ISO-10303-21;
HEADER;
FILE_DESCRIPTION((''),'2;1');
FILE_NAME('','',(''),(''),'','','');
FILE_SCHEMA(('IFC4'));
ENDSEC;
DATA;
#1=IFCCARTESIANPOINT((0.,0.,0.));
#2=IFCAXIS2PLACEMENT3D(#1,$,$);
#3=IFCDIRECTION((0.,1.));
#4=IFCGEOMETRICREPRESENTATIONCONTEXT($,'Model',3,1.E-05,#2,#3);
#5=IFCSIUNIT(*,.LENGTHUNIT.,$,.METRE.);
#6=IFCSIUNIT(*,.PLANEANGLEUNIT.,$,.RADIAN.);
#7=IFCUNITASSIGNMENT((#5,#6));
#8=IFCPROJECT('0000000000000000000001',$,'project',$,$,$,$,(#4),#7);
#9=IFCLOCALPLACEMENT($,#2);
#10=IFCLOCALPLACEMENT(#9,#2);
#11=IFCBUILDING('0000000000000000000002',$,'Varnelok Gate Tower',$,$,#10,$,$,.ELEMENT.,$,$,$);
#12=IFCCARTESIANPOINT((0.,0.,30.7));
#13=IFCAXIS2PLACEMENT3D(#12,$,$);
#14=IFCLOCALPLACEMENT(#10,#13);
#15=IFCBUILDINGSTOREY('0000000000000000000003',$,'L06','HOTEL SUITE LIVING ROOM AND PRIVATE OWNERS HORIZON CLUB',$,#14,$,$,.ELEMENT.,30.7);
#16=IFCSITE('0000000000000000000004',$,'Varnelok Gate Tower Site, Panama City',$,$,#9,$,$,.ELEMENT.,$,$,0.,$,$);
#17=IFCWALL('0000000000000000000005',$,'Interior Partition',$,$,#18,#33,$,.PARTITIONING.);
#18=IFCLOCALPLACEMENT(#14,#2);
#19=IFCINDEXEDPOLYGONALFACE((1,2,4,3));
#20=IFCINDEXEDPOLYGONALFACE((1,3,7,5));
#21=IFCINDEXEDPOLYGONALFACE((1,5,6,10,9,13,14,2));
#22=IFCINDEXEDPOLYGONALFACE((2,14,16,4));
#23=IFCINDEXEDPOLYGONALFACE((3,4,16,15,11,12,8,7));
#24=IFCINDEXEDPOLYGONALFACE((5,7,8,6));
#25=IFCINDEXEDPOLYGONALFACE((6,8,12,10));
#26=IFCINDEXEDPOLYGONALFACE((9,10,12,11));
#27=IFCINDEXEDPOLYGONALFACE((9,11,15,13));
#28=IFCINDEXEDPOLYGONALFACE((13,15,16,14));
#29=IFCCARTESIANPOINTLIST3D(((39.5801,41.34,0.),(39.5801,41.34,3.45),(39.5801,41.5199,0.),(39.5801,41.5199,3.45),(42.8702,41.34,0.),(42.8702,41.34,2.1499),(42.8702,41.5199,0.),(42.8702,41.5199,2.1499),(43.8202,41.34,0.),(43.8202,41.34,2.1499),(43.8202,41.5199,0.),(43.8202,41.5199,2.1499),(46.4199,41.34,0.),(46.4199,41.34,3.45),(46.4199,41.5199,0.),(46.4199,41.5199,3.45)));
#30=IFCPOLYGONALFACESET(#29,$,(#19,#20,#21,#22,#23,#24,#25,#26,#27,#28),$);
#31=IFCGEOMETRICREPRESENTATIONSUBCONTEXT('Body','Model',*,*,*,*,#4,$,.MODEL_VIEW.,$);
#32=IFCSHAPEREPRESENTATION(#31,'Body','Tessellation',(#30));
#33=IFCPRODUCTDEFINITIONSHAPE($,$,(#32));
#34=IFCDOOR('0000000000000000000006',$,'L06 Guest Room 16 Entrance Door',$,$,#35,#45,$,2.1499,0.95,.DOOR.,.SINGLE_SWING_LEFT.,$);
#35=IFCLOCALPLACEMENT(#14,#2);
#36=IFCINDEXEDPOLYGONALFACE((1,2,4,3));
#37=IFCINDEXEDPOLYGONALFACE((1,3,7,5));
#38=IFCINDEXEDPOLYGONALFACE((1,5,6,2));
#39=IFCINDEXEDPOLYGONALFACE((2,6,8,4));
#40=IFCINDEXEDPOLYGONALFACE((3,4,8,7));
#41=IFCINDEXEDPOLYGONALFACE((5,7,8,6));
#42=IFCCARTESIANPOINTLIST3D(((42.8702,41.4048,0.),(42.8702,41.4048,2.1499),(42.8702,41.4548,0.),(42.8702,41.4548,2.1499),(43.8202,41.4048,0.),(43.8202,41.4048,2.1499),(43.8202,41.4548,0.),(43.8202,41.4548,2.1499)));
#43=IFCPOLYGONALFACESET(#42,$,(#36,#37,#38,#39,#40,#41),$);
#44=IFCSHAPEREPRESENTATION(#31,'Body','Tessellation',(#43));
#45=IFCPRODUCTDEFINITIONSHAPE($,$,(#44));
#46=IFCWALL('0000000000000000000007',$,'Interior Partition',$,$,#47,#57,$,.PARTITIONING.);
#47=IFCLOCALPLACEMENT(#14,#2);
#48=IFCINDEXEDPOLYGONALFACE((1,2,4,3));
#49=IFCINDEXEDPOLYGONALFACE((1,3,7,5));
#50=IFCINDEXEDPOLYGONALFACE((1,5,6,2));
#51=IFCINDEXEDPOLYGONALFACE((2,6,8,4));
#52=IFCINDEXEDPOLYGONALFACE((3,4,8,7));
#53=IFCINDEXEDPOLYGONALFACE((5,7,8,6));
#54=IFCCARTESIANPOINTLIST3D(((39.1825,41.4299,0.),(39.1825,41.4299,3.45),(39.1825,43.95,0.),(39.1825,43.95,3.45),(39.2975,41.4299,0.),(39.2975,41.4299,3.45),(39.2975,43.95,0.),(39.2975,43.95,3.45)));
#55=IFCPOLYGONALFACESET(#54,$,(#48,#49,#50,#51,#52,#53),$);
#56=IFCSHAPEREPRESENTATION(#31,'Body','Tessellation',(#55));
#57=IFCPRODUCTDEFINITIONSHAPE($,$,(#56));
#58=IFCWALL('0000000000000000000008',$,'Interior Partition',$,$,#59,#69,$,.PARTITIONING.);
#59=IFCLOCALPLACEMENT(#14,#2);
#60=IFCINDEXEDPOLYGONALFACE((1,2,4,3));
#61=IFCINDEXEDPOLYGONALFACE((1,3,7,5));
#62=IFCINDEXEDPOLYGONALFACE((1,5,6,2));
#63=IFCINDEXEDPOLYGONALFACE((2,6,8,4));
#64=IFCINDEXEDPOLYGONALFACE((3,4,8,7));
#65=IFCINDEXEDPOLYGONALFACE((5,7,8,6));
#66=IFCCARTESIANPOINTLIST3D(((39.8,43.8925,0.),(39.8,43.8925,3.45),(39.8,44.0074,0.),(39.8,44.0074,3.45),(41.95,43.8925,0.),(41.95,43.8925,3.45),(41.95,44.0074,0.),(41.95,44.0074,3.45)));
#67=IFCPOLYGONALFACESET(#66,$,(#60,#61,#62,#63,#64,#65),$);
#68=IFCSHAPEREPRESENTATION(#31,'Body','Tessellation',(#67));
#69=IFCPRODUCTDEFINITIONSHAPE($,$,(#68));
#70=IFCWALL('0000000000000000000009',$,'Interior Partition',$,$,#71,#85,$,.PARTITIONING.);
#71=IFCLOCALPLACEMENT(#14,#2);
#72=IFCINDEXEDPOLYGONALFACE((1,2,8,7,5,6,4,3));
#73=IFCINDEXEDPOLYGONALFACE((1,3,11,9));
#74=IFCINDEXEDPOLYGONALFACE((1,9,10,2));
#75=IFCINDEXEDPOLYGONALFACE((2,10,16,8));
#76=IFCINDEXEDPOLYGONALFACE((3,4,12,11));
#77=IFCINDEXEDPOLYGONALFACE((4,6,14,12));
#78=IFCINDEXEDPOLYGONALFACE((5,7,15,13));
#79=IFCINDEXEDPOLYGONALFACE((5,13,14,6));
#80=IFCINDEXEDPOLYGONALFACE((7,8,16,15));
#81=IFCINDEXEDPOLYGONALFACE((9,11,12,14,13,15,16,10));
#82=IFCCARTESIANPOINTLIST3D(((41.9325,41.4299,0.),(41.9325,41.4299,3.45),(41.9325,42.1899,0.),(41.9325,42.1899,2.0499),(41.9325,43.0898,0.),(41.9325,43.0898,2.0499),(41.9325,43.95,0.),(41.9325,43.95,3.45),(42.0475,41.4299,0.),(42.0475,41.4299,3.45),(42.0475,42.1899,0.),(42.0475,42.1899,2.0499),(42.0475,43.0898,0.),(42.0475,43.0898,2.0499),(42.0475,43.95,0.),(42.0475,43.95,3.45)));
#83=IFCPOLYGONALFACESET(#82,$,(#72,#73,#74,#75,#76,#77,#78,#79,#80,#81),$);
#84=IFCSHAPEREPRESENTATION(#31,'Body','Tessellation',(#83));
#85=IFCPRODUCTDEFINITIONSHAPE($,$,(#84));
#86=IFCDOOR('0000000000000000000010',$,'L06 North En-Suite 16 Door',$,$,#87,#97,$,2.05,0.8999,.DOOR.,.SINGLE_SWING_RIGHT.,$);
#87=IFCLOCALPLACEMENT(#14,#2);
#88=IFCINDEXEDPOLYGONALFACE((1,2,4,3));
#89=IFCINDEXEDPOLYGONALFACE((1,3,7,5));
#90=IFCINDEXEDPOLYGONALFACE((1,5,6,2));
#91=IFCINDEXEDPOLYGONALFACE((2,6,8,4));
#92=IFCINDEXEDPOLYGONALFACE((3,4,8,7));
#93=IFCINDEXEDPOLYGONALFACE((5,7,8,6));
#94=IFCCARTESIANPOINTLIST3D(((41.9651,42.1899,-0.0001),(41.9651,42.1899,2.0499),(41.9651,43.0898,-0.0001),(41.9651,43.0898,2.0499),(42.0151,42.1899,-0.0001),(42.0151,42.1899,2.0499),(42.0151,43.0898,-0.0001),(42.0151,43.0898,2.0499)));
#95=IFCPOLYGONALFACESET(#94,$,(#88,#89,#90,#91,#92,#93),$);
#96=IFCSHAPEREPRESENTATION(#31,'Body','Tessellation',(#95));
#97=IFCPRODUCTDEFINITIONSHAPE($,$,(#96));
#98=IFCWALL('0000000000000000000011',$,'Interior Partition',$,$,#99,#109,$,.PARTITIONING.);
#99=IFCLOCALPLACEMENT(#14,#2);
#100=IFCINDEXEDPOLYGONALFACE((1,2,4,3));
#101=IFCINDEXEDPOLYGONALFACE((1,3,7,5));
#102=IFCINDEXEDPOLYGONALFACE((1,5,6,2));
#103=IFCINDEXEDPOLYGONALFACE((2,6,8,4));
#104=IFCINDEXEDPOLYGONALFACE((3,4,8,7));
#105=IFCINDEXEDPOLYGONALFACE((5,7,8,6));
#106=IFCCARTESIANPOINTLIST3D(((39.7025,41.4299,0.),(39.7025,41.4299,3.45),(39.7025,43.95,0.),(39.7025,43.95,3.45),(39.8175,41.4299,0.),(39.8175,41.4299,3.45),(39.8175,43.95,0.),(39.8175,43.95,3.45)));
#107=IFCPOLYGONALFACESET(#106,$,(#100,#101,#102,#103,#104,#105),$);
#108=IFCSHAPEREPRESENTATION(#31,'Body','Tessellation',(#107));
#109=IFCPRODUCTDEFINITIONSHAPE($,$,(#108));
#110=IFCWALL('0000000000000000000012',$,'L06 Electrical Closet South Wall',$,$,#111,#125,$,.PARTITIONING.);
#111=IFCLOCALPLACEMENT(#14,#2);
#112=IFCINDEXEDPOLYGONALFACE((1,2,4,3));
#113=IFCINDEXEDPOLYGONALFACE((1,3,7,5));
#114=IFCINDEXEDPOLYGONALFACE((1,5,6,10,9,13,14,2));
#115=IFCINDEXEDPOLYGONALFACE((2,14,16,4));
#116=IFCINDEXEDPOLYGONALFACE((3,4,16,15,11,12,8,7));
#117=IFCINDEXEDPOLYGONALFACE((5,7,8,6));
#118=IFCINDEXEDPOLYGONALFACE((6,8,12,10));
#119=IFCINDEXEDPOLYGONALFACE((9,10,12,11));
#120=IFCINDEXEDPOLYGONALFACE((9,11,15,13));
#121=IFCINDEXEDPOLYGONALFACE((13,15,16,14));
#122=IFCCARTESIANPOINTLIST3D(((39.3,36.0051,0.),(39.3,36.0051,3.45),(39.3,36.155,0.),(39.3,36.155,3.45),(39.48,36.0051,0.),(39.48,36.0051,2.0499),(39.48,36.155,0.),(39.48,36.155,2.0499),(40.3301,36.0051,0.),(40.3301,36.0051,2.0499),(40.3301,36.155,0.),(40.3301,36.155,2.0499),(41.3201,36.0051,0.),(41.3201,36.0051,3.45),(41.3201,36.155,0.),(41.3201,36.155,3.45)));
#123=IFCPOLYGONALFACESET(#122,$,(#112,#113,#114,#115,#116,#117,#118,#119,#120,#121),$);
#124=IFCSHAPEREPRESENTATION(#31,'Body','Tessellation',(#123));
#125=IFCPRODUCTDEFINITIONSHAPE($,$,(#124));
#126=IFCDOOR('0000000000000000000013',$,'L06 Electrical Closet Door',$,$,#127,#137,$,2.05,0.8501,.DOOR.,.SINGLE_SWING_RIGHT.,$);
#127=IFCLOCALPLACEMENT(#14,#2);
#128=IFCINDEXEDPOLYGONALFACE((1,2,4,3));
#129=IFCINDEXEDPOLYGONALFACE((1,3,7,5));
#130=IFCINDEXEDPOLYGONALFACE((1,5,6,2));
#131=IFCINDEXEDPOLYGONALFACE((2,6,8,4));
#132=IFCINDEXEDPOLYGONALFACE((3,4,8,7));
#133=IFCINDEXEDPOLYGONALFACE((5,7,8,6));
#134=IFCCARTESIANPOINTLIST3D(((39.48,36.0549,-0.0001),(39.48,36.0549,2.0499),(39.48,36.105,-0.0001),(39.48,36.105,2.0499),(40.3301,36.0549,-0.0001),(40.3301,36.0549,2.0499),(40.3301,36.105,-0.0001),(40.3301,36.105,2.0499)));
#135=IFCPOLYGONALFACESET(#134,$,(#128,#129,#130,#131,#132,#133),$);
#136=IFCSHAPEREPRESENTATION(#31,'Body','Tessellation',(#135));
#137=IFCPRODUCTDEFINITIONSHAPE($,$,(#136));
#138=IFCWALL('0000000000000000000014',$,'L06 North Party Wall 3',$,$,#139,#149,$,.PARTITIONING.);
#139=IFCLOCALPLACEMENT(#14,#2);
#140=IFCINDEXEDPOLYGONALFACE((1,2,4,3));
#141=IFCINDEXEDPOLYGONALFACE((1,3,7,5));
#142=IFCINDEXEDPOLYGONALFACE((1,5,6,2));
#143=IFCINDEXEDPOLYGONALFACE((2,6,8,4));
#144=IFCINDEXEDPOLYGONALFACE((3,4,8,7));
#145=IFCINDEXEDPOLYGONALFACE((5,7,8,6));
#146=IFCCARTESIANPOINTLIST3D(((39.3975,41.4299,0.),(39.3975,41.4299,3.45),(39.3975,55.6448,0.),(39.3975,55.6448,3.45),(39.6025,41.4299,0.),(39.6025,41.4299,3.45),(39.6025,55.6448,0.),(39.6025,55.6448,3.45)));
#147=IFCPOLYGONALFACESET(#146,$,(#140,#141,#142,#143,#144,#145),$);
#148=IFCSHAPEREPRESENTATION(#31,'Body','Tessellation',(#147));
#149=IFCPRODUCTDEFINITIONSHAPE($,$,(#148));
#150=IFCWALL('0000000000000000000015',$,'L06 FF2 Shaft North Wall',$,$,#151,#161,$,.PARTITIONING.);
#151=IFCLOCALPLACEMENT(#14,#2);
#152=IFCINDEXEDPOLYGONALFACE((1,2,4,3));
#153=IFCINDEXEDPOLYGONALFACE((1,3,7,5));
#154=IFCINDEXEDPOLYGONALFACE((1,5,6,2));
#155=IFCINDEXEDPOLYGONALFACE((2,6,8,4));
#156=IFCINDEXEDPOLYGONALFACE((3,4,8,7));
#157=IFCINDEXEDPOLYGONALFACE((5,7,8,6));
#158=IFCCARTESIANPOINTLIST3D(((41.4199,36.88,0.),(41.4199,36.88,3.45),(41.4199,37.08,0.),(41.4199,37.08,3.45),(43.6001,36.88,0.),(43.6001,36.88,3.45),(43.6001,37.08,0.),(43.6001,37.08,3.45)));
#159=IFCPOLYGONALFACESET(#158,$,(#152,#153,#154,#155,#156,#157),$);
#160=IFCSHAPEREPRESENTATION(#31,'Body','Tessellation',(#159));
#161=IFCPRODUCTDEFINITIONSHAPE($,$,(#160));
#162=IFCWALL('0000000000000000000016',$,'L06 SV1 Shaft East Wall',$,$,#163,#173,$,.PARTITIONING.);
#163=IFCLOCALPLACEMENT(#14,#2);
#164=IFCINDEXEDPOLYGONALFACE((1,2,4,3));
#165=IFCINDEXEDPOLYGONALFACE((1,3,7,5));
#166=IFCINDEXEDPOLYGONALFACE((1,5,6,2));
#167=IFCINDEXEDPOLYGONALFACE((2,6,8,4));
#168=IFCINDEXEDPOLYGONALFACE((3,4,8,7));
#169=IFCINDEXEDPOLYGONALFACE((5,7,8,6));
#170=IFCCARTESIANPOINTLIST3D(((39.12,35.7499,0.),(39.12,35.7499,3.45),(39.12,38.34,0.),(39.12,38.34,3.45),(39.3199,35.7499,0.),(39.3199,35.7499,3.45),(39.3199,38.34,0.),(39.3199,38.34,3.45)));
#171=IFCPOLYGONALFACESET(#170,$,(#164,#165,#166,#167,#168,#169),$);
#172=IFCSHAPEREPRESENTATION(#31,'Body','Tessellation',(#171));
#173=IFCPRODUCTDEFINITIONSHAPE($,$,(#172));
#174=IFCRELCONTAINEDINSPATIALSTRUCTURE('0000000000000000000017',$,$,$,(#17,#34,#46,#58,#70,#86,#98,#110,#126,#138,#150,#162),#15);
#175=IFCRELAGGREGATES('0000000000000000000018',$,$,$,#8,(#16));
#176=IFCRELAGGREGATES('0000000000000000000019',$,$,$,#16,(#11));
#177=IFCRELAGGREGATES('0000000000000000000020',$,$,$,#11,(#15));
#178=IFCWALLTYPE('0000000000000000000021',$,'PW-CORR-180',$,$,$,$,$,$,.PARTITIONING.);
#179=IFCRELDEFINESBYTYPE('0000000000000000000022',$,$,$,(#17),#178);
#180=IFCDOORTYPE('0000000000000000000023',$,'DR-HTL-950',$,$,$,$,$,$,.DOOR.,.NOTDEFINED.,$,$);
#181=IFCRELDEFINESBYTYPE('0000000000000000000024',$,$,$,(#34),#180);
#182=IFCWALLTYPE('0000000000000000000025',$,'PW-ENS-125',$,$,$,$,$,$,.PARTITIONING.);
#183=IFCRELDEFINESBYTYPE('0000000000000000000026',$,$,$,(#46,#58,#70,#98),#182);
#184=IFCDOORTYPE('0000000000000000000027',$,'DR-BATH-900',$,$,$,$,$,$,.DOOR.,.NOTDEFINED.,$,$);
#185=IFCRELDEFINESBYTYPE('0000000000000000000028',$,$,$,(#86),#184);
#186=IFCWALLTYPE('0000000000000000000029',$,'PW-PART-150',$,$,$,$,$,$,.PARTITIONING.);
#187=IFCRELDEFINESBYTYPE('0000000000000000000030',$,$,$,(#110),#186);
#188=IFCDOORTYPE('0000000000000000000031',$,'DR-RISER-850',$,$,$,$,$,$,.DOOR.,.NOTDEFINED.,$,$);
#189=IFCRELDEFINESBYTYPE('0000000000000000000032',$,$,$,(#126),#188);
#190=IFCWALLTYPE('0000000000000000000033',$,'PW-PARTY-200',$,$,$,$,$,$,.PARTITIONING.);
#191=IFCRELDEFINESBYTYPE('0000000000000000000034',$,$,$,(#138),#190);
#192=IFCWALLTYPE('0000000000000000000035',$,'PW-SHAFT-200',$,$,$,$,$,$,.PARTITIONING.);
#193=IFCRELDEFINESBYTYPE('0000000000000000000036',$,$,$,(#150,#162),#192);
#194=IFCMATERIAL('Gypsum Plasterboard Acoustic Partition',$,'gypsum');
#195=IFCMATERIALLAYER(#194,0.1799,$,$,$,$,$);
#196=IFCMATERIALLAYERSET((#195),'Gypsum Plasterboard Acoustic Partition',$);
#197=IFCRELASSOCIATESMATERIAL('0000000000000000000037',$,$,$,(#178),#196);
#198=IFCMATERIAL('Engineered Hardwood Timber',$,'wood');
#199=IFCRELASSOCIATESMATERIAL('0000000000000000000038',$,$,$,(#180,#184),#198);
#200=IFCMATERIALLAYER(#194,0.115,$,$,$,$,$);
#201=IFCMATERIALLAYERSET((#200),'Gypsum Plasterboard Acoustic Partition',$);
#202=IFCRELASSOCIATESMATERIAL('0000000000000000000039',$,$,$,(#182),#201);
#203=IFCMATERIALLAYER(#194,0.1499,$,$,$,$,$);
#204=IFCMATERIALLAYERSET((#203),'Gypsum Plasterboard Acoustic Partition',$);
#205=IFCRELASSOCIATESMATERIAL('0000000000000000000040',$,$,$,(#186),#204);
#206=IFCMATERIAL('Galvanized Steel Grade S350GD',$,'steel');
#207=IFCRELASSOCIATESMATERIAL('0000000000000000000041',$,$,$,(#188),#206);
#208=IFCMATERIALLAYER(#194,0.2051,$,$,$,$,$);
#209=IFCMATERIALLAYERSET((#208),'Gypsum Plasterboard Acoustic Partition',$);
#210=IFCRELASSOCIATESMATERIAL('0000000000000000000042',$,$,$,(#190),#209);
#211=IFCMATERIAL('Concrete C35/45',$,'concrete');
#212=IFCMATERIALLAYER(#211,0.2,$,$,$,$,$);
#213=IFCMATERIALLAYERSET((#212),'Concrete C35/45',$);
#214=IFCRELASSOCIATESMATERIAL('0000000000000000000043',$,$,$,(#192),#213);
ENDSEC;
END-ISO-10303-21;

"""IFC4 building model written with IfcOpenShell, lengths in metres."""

from ifc_helpers import new_model, si_unit, direction, frame, frame_2d, origin, place, context, subcontext, project, spatial, rectangle, extrude, material, layer, layer_set, type_object, element, fill, save


model = new_model("IFC4")

# Units and contexts
model_context = context("Model", 3, precision=1e-05, world=origin(), true_north=direction((0.0, 1.0)))
body_context = subcontext(model_context, "Body", "Model", "MODEL_VIEW")
ifc_project = project(units=[si_unit("LENGTHUNIT", "METRE"), si_unit("PLANEANGLEUNIT", "RADIAN")], contexts=[model_context])

# Site, building, storey
site_placement = place(None, origin())
site = spatial("IfcSite", under=ifc_project, at=site_placement, Name="Varnelok Gate Tower Site, Panama City", CompositionType="ELEMENT", RefElevation=0.0)
building_placement = place(site_placement, origin())
building = spatial("IfcBuilding", under=site, at=building_placement, Name="Varnelok Gate Tower", CompositionType="ELEMENT")
storey_placement = place(building_placement, frame((0.0, 0.0, 30.7)))
storey = spatial("IfcBuildingStorey", under=building, at=storey_placement, Name="L06", Description="HOTEL SUITE LIVING ROOM AND PRIVATE OWNERS HORIZON CLUB", CompositionType="ELEMENT", Elevation=30.7)

# Wall, opening, door
ifc_material_1 = material(Name="Gypsum Plasterboard Acoustic Partition", Category="gypsum")
ifc_layer_1 = layer(ifc_material_1, 0.1799)
ifc_layer_set_1 = layer_set([ifc_layer_1], Name="Gypsum Plasterboard Acoustic Partition")
wall_type_1 = type_object("IfcWallType", Name="PW-CORR-180", PredefinedType="PARTITIONING", material=ifc_layer_set_1)
wall_1_placement = place(storey_placement, frame((39.5801, 41.4299, 0.0), z_axis=(0.0, 0.0, 1.0), x_axis=(1.0, 0.0, 0.0)))
wall_1 = element("IfcWall", 1, at=wall_1_placement, inside=storey, type_object=wall_type_1, Name="Interior Partition", PredefinedType="PARTITIONING", context=body_context, shape_type="SweptSolid", body=[
    extrude(rectangle(XDim=6.8398, YDim=0.1799, at=frame_2d((3.4199, 0.0))), origin(), (0.0, 0.0, 1.0), 3.45),
])
opening_1_placement = place(wall_1_placement, frame((3.29, 0.0, 0.0)))
opening_1 = element("IfcOpeningElement", 2, at=opening_1_placement, cuts=wall_1, PredefinedType="OPENING", context=body_context, shape_type="SweptSolid", body=[
    extrude(rectangle(XDim=0.95, YDim=2.1499, at=frame_2d((0.4751, 1.075))), frame((0.0, 0.0999, 0.0), z_axis=(0.0, -1.0, 0.0), x_axis=(1.0, 0.0, 0.0)), (0.0, 0.0, 1.0), 0.2),
])
ifc_material_2 = material(Name="Engineered Hardwood Timber", Category="wood")
door_type_1 = type_object("IfcDoorType", Name="DR-HTL-950", OperationType="NOTDEFINED", PredefinedType="DOOR", material=ifc_material_2)
door_1_placement = place(opening_1_placement, origin())
door_1 = element("IfcDoor", 3, at=door_1_placement, inside=storey, type_object=door_type_1, Name="L06 Guest Room 16 Entrance Door", OperationType="SINGLE_SWING_LEFT", OverallHeight=2.1499, OverallWidth=0.95, PredefinedType="DOOR", context=body_context, shape_type="SweptSolid", body=[
    extrude(rectangle(XDim=0.95, YDim=2.1499, at=frame_2d((0.4751, 1.075))), frame((0.0, 0.0249, 0.0), z_axis=(0.0, -1.0, 0.0), x_axis=(1.0, 0.0, 0.0)), (0.0, 0.0, 1.0), 0.05),
])
fill(opening_1, door_1)

# Walls
ifc_layer_2 = layer(ifc_material_1, 0.115)
ifc_layer_set_2 = layer_set([ifc_layer_2], Name="Gypsum Plasterboard Acoustic Partition")
wall_type_2 = type_object("IfcWallType", Name="PW-ENS-125", PredefinedType="PARTITIONING", material=ifc_layer_set_2)
wall_2_placement = place(storey_placement, frame((39.24, 41.4299, 0.0), z_axis=(0.0, 0.0, 1.0), x_axis=(0.0, 1.0, 0.0)))
element("IfcWall", 4, at=wall_2_placement, inside=storey, type_object=wall_type_2, Name="Interior Partition", PredefinedType="PARTITIONING", context=body_context, shape_type="SweptSolid", body=[
    extrude(rectangle(XDim=2.52, YDim=0.115, at=frame_2d((1.26, 0.0))), origin(), (0.0, 0.0, 1.0), 3.45),
])
wall_3_placement = place(storey_placement, frame((39.8, 43.95, 0.0), z_axis=(0.0, 0.0, 1.0), x_axis=(1.0, 0.0, 0.0)))
element("IfcWall", 5, at=wall_3_placement, inside=storey, type_object=wall_type_2, Name="Interior Partition", PredefinedType="PARTITIONING", context=body_context, shape_type="SweptSolid", body=[
    extrude(rectangle(XDim=2.1499, YDim=0.115, at=frame_2d((1.075, 0.0))), origin(), (0.0, 0.0, 1.0), 3.45),
])

# Wall, opening, door
wall_4_placement = place(storey_placement, frame((41.99, 41.4299, 0.0), z_axis=(0.0, 0.0, 1.0), x_axis=(0.0, 1.0, 0.0)))
wall_4 = element("IfcWall", 6, at=wall_4_placement, inside=storey, type_object=wall_type_2, Name="Interior Partition", PredefinedType="PARTITIONING", context=body_context, shape_type="SweptSolid", body=[
    extrude(rectangle(XDim=2.52, YDim=0.115, at=frame_2d((1.26, 0.0))), origin(), (0.0, 0.0, 1.0), 3.45),
])
opening_2_placement = place(wall_4_placement, frame((0.76, 0.0, 0.0)))
opening_2 = element("IfcOpeningElement", 7, at=opening_2_placement, cuts=wall_4, PredefinedType="OPENING", context=body_context, shape_type="SweptSolid", body=[
    extrude(rectangle(XDim=0.8999, YDim=2.05, at=frame_2d((0.45, 1.0249))), frame((0.0, 0.0674, 0.0), z_axis=(0.0, -1.0, 0.0), x_axis=(1.0, 0.0, 0.0)), (0.0, 0.0, 1.0), 0.135),
])
door_type_2 = type_object("IfcDoorType", Name="DR-BATH-900", OperationType="NOTDEFINED", PredefinedType="DOOR", material=ifc_material_2)
door_2_placement = place(opening_2_placement, origin())
door_2 = element("IfcDoor", 8, at=door_2_placement, inside=storey, type_object=door_type_2, Name="L06 North En-Suite 16 Door", OperationType="SINGLE_SWING_RIGHT", OverallHeight=2.05, OverallWidth=0.8999, PredefinedType="DOOR", context=body_context, shape_type="SweptSolid", body=[
    extrude(rectangle(XDim=0.8999, YDim=2.05, at=frame_2d((0.45, 1.0249))), frame((0.0, 0.0249, 0.0), z_axis=(0.0, -1.0, 0.0), x_axis=(1.0, 0.0, 0.0)), (0.0, 0.0, 1.0), 0.05),
])
fill(opening_2, door_2)

# Wall
wall_5_placement = place(storey_placement, frame((39.76, 41.4299, 0.0), z_axis=(0.0, 0.0, 1.0), x_axis=(0.0, 1.0, 0.0)))
element("IfcWall", 9, at=wall_5_placement, inside=storey, type_object=wall_type_2, Name="Interior Partition", PredefinedType="PARTITIONING", context=body_context, shape_type="SweptSolid", body=[
    extrude(rectangle(XDim=2.52, YDim=0.115, at=frame_2d((1.26, 0.0))), origin(), (0.0, 0.0, 1.0), 3.45),
])

# Wall, opening, door
ifc_layer_3 = layer(ifc_material_1, 0.1499)
ifc_layer_set_3 = layer_set([ifc_layer_3], Name="Gypsum Plasterboard Acoustic Partition")
wall_type_3 = type_object("IfcWallType", Name="PW-PART-150", PredefinedType="PARTITIONING", material=ifc_layer_set_3)
wall_6_placement = place(storey_placement, frame((39.3, 36.0801, 0.0), z_axis=(0.0, 0.0, 1.0), x_axis=(1.0, 0.0, 0.0)))
wall_6 = element("IfcWall", 10, at=wall_6_placement, inside=storey, type_object=wall_type_3, Name="L06 Electrical Closet South Wall", PredefinedType="PARTITIONING", context=body_context, shape_type="SweptSolid", body=[
    extrude(rectangle(XDim=2.02, YDim=0.1499, at=frame_2d((1.01, 0.0))), origin(), (0.0, 0.0, 1.0), 3.45),
])
opening_3_placement = place(wall_6_placement, frame((0.1799, 0.0, 0.0)))
opening_3 = element("IfcOpeningElement", 11, at=opening_3_placement, cuts=wall_6, PredefinedType="OPENING", context=body_context, shape_type="SweptSolid", body=[
    extrude(rectangle(XDim=0.8501, YDim=2.05, at=frame_2d((0.425, 1.0249))), frame((0.0, 0.085, 0.0), z_axis=(0.0, -1.0, 0.0), x_axis=(1.0, 0.0, 0.0)), (0.0, 0.0, 1.0), 0.1699),
])
ifc_material_3 = material(Name="Galvanized Steel Grade S350GD", Category="steel")
door_type_3 = type_object("IfcDoorType", Name="DR-RISER-850", OperationType="NOTDEFINED", PredefinedType="DOOR", material=ifc_material_3)
door_3_placement = place(opening_3_placement, origin())
door_3 = element("IfcDoor", 12, at=door_3_placement, inside=storey, type_object=door_type_3, Name="L06 Electrical Closet Door", OperationType="SINGLE_SWING_RIGHT", OverallHeight=2.05, OverallWidth=0.8501, PredefinedType="DOOR", context=body_context, shape_type="SweptSolid", body=[
    extrude(rectangle(XDim=0.8501, YDim=2.05, at=frame_2d((0.425, 1.0249))), frame((0.0, 0.0249, 0.0), z_axis=(0.0, -1.0, 0.0), x_axis=(1.0, 0.0, 0.0)), (0.0, 0.0, 1.0), 0.05),
])
fill(opening_3, door_3)

# Walls
ifc_layer_4 = layer(ifc_material_1, 0.2051)
ifc_layer_set_4 = layer_set([ifc_layer_4], Name="Gypsum Plasterboard Acoustic Partition")
wall_type_4 = type_object("IfcWallType", Name="PW-PARTY-200", PredefinedType="PARTITIONING", material=ifc_layer_set_4)
wall_7_placement = place(storey_placement, frame((39.5, 41.4299, 0.0), z_axis=(0.0, 0.0, 1.0), x_axis=(0.0, 1.0, 0.0)))
element("IfcWall", 13, at=wall_7_placement, inside=storey, type_object=wall_type_4, Name="L06 North Party Wall 3", PredefinedType="PARTITIONING", context=body_context, shape_type="SweptSolid", body=[
    extrude(rectangle(XDim=14.2148, YDim=0.2051, at=frame_2d((7.1074, 0.0))), origin(), (0.0, 0.0, 1.0), 3.45),
])
ifc_material_4 = material(Name="Concrete C35/45", Category="concrete")
ifc_layer_5 = layer(ifc_material_4, 0.2)
ifc_layer_set_5 = layer_set([ifc_layer_5], Name="Concrete C35/45")
wall_type_5 = type_object("IfcWallType", Name="PW-SHAFT-200", PredefinedType="PARTITIONING", material=ifc_layer_set_5)
wall_8_placement = place(storey_placement, frame((41.4199, 36.98, 0.0), z_axis=(0.0, 0.0, 1.0), x_axis=(1.0, 0.0, 0.0)))
element("IfcWall", 14, at=wall_8_placement, inside=storey, type_object=wall_type_5, Name="L06 FF2 Shaft North Wall", PredefinedType="PARTITIONING", context=body_context, shape_type="SweptSolid", body=[
    extrude(rectangle(XDim=2.1802, YDim=0.2, at=frame_2d((1.0901, 0.0))), origin(), (0.0, 0.0, 1.0), 3.45),
])
wall_9_placement = place(storey_placement, frame((39.22, 35.75, 0.0), z_axis=(0.0, 0.0, 1.0), x_axis=(0.0, 1.0, 0.0)))
element("IfcWall", 15, at=wall_9_placement, inside=storey, type_object=wall_type_5, Name="L06 SV1 Shaft East Wall", PredefinedType="PARTITIONING", context=body_context, shape_type="SweptSolid", body=[
    extrude(rectangle(XDim=2.5901, YDim=0.2, at=frame_2d((1.2949, 0.0))), origin(), (0.0, 0.0, 1.0), 3.45),
])

save(model, "model.ifc")
